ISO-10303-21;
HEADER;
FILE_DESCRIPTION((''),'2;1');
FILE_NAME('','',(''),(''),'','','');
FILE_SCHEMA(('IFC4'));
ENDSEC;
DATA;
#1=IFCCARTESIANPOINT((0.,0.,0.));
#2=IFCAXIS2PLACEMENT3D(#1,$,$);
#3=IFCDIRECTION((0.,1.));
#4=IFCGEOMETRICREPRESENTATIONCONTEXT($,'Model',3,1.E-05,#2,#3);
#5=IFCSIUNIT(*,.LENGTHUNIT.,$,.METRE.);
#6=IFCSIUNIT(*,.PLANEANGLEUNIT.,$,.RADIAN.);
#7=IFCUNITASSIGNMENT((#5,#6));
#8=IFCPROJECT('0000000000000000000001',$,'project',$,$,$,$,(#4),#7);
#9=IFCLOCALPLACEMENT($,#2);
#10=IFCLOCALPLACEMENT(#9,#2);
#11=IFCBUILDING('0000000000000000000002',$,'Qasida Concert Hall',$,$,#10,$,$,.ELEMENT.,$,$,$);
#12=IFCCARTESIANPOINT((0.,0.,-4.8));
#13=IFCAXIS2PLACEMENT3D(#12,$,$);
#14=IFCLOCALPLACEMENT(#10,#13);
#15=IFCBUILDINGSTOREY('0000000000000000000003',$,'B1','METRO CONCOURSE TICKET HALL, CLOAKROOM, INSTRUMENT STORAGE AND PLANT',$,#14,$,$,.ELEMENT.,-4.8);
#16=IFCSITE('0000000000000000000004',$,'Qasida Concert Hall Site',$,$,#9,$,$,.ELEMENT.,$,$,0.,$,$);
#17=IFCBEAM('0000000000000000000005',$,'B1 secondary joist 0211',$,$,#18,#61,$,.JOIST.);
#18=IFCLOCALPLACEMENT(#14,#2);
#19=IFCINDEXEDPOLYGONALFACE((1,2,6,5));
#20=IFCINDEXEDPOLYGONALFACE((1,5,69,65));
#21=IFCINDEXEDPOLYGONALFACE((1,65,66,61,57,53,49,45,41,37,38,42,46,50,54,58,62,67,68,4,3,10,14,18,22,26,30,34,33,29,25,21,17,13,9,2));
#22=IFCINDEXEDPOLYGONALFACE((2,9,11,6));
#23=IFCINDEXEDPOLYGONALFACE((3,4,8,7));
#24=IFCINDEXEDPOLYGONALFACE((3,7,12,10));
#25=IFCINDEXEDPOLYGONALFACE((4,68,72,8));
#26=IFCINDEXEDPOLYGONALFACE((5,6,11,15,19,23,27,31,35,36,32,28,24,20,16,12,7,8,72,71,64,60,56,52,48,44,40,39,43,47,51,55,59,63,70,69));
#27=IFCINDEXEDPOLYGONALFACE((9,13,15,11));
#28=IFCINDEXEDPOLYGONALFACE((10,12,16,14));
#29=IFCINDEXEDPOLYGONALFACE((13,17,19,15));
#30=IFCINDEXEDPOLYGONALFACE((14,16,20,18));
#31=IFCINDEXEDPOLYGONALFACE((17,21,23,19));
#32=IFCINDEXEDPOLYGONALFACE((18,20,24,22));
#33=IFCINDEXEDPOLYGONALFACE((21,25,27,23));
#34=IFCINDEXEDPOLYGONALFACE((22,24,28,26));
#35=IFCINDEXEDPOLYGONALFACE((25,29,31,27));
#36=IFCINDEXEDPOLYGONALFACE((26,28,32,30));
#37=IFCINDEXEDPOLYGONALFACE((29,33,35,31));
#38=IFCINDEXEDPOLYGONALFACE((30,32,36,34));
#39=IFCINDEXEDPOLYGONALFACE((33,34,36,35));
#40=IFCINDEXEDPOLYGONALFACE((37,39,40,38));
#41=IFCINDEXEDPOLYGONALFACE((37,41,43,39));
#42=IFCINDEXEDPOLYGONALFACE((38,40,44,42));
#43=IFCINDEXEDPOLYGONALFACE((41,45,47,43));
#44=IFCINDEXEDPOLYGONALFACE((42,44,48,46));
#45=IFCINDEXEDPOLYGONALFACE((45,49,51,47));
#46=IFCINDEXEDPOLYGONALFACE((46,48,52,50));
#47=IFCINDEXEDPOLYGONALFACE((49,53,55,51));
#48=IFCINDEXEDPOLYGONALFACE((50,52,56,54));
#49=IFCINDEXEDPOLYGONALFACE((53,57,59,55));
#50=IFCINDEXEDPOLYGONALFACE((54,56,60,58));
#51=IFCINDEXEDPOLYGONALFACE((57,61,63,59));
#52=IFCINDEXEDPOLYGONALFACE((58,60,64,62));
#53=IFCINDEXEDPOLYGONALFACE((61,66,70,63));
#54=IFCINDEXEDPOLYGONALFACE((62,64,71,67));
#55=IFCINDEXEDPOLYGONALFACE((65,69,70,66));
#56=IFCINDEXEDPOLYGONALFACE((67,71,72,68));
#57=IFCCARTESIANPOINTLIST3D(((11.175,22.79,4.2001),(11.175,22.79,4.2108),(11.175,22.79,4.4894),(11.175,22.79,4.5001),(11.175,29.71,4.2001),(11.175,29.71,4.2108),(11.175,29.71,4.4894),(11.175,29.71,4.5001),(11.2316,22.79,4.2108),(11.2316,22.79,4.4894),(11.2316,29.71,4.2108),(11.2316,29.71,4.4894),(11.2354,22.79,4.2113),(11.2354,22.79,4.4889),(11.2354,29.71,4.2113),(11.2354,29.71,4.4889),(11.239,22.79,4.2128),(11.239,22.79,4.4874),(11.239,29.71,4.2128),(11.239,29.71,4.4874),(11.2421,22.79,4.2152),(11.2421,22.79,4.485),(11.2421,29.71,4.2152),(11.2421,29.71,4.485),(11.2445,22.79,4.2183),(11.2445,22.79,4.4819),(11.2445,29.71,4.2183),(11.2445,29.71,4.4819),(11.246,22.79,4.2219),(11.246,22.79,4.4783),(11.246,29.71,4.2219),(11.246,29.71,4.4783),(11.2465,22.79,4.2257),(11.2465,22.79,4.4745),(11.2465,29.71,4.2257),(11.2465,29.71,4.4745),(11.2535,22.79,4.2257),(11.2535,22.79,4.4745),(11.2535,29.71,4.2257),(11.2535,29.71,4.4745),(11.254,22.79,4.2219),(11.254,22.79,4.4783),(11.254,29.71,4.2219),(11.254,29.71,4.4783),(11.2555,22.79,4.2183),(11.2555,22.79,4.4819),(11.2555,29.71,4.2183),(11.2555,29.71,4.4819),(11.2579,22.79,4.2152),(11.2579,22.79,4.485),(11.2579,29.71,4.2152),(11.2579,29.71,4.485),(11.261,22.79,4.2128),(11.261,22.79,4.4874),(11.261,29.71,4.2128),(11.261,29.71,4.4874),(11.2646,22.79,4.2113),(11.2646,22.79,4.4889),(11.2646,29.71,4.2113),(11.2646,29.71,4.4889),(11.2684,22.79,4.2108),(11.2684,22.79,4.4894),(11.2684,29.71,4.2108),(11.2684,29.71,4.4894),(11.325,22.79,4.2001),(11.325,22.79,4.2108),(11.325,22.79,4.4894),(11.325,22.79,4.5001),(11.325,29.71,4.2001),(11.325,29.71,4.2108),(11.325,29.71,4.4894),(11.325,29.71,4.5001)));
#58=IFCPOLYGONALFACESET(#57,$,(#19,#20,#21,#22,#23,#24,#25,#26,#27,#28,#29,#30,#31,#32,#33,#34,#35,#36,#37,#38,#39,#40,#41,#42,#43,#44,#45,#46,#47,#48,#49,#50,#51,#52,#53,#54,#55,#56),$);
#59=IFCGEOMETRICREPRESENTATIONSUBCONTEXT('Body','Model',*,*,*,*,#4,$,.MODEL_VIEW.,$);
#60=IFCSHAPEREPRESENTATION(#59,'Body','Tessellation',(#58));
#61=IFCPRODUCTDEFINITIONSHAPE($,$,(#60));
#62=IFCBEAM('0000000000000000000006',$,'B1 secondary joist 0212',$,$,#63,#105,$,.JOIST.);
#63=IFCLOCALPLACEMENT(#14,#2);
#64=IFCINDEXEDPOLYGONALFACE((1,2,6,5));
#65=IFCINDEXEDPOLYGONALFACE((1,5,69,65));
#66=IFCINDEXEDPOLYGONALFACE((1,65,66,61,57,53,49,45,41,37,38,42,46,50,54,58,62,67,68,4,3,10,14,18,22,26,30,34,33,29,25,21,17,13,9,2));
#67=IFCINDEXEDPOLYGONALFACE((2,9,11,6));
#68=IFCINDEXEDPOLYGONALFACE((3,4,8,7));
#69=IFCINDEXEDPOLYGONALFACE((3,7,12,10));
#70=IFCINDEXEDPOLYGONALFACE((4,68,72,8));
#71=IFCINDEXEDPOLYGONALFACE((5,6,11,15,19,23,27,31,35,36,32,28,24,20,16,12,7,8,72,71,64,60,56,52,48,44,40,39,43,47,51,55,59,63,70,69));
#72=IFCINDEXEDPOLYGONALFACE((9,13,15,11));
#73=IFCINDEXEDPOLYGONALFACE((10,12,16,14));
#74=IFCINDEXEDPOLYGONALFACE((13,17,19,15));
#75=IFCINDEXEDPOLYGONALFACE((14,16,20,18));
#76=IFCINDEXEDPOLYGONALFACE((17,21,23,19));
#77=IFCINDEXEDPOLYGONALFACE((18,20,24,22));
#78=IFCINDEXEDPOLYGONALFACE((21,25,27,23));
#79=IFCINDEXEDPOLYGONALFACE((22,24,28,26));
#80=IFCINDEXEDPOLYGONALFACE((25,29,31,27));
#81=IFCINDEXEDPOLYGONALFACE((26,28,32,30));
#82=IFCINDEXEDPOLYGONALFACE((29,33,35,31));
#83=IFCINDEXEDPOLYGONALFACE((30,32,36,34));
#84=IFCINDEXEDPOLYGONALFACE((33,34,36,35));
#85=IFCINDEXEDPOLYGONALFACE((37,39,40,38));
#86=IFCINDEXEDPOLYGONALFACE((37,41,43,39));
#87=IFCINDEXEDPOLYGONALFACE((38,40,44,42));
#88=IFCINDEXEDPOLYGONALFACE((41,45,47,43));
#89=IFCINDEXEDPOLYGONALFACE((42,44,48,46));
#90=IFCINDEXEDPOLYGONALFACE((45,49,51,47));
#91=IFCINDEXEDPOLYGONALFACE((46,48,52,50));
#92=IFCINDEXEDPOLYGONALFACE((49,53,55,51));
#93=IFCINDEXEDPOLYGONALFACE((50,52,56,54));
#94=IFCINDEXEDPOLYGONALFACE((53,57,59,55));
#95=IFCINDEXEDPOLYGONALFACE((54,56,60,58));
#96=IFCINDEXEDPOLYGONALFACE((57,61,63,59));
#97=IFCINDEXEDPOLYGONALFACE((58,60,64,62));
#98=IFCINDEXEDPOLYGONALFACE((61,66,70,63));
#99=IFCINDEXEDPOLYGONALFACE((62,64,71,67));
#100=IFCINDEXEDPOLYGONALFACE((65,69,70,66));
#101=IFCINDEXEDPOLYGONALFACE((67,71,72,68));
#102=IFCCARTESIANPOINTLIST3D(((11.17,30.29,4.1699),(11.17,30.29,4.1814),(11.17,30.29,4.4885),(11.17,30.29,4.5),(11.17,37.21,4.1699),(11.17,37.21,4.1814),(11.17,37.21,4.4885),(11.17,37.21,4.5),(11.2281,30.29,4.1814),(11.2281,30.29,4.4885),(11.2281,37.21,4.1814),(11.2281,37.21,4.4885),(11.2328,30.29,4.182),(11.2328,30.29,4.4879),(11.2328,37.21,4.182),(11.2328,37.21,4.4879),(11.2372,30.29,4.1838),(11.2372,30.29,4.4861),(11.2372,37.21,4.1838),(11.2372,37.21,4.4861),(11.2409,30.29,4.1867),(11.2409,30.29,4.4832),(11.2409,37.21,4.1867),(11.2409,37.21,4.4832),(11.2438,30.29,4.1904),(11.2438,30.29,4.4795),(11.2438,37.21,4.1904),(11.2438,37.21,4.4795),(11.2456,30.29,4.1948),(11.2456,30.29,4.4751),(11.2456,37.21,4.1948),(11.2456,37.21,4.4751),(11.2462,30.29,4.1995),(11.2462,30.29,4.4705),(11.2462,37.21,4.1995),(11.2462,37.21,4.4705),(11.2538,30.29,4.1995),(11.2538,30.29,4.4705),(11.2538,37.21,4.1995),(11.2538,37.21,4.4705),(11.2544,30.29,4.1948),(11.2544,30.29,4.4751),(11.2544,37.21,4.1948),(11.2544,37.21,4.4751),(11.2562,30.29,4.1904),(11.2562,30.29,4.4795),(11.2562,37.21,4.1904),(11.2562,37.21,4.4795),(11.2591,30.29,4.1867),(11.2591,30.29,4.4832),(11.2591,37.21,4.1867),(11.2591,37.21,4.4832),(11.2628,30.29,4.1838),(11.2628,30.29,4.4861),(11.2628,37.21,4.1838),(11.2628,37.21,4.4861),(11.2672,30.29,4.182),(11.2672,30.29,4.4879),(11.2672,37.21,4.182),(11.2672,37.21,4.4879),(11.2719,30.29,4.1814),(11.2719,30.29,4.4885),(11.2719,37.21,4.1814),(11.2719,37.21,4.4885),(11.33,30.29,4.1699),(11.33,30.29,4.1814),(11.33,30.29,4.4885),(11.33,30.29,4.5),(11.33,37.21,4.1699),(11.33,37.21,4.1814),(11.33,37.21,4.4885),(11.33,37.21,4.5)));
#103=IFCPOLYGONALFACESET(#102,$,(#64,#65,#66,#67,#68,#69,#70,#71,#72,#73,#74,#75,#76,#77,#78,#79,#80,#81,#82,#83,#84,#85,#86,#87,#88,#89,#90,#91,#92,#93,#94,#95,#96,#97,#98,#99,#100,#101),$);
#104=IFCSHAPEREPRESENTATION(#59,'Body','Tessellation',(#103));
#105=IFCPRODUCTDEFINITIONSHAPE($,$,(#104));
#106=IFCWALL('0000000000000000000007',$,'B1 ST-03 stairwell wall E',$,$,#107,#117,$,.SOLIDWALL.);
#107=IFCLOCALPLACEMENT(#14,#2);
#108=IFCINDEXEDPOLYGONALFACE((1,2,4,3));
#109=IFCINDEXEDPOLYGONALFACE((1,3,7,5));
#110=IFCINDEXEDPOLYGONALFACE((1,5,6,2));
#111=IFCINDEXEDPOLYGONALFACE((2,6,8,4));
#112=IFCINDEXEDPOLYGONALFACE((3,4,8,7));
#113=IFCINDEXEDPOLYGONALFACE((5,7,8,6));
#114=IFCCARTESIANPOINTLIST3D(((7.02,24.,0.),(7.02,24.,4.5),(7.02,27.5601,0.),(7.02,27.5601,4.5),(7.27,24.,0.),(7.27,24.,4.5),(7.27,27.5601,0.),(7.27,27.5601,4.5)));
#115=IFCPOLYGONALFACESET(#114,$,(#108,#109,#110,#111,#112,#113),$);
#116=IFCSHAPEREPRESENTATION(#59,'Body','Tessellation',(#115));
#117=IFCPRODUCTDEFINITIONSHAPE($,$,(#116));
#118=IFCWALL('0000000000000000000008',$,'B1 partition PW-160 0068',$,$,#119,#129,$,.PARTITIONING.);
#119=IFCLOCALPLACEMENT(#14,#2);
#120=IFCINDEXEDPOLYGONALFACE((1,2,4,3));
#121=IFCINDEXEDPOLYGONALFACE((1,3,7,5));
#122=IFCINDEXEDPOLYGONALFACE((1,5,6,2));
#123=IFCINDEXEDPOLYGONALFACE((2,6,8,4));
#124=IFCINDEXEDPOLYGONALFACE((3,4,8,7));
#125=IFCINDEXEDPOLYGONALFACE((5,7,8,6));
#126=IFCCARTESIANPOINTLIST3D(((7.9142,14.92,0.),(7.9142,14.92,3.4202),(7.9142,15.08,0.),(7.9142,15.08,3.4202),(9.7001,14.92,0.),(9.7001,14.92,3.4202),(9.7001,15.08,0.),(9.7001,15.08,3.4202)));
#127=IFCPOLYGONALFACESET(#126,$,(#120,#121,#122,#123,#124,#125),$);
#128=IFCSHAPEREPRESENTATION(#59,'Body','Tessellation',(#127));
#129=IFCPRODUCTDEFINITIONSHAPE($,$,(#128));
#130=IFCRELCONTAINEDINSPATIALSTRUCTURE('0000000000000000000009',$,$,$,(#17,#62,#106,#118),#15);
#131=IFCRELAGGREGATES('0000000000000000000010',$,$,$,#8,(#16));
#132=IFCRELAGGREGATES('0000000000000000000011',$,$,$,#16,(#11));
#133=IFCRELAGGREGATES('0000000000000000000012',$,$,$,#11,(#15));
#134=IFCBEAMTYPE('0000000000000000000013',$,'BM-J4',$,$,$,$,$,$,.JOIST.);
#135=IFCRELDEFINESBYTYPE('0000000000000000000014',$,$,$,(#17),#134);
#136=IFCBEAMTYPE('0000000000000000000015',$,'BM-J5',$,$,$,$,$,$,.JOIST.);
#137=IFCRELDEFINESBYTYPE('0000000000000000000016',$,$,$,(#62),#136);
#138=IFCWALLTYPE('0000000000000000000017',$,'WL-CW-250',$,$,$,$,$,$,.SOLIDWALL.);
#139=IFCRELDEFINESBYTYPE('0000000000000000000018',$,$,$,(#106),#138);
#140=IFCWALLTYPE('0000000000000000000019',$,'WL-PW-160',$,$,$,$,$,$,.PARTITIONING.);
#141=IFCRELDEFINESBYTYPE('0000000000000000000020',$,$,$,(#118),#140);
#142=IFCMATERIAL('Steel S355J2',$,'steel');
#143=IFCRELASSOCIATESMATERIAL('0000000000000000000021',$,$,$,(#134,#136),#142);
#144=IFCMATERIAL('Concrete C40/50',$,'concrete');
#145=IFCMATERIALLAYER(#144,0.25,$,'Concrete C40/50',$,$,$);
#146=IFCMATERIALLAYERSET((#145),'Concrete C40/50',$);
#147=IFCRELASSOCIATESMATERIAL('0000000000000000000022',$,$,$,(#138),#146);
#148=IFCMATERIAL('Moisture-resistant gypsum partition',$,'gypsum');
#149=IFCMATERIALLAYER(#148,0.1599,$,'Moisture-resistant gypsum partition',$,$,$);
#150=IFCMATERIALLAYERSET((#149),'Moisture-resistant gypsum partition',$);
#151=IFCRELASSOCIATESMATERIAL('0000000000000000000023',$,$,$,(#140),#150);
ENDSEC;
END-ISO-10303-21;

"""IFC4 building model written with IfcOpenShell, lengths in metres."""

from ifc_helpers import new_model, si_unit, direction, frame, frame_2d, origin, origin_2d, place, context, subcontext, project, spatial, rectangle, i_section, extrude, material, layer, layer_set, material_profile, profile_set, type_object, element, save


model = new_model("IFC4")

# Units and contexts
model_context = context("Model", 3, precision=1e-05, world=origin(), true_north=direction((0.0, 1.0)))
body_context = subcontext(model_context, "Body", "Model", "MODEL_VIEW")
ifc_project = project(units=[si_unit("LENGTHUNIT", "METRE"), si_unit("PLANEANGLEUNIT", "RADIAN")], contexts=[model_context])

# Site, building, storey
site_placement = place(None, origin())
site = spatial("IfcSite", under=ifc_project, at=site_placement, Name="Qasida Concert Hall Site", CompositionType="ELEMENT", RefElevation=0.0)
building_placement = place(site_placement, origin())
building = spatial("IfcBuilding", under=site, at=building_placement, Name="Qasida Concert Hall", CompositionType="ELEMENT")
storey_placement = place(building_placement, frame((0.0, 0.0, -4.8)))
storey = spatial("IfcBuildingStorey", under=building, at=storey_placement, Name="B1", Description="METRO CONCOURSE TICKET HALL, CLOAKROOM, INSTRUMENT STORAGE AND PLANT", CompositionType="ELEMENT", Elevation=-4.8)

# Shared definitions
ifc_material_1 = material(Name="Concrete C40/50", Category="concrete")

# Beams
ifc_material_2 = material(Name="Steel S355J2", Category="steel")
ifc_material_profile_1 = material_profile(ifc_material_2, i_section(OverallWidth=0.1499, OverallDepth=0.3, WebThickness=0.0071, FlangeThickness=0.0107, FilletRadius=0.0149, at=origin_2d()), Name="IPE 300")
ifc_profile_set_1 = profile_set([ifc_material_profile_1], Name="Steel S355J2")
beam_type_1 = type_object("IfcBeamType", Name="BM-J4", PredefinedType="JOIST", material=ifc_profile_set_1)
beam_1_placement = place(storey_placement, frame((11.25, 22.79, 4.3501), z_axis=(0.0, 1.0, 0.0), x_axis=(-1.0, 0.0, 0.0)))
element("IfcBeam", 1, at=beam_1_placement, inside=storey, type_object=beam_type_1, Name="B1 secondary joist 0211", PredefinedType="JOIST", context=body_context, shape_type="SweptSolid", body=[
    extrude(i_section(OverallWidth=0.1499, OverallDepth=0.3, WebThickness=0.0071, FlangeThickness=0.0107, FilletRadius=0.0149, at=origin_2d()), origin(), (0.0, 0.0, 1.0), 6.9199),
])
ifc_material_profile_2 = material_profile(ifc_material_2, i_section(OverallWidth=0.1599, OverallDepth=0.3301, WebThickness=0.0076, FlangeThickness=0.0115, FilletRadius=0.0181, at=origin_2d()), Name="IPE 330")
ifc_profile_set_2 = profile_set([ifc_material_profile_2], Name="Steel S355J2")
beam_type_2 = type_object("IfcBeamType", Name="BM-J5", PredefinedType="JOIST", material=ifc_profile_set_2)
beam_2_placement = place(storey_placement, frame((11.25, 30.29, 4.335), z_axis=(0.0, 1.0, 0.0), x_axis=(-1.0, 0.0, 0.0)))
element("IfcBeam", 2, at=beam_2_placement, inside=storey, type_object=beam_type_2, Name="B1 secondary joist 0212", PredefinedType="JOIST", context=body_context, shape_type="SweptSolid", body=[
    extrude(i_section(OverallWidth=0.1599, OverallDepth=0.3301, WebThickness=0.0076, FlangeThickness=0.0115, FilletRadius=0.0181, at=origin_2d()), origin(), (0.0, 0.0, 1.0), 6.9199),
])

# Walls
ifc_layer_1 = layer(ifc_material_1, 0.25, Name="Concrete C40/50")
ifc_layer_set_1 = layer_set([ifc_layer_1], Name="Concrete C40/50")
wall_type_1 = type_object("IfcWallType", Name="WL-CW-250", PredefinedType="SOLIDWALL", material=ifc_layer_set_1)
wall_1_placement = place(storey_placement, frame((7.145, 24.0, 0.0), z_axis=(0.0, 0.0, 1.0), x_axis=(0.0, 1.0, 0.0)))
element("IfcWall", 3, at=wall_1_placement, inside=storey, type_object=wall_type_1, Name="B1 ST-03 stairwell wall E", PredefinedType="SOLIDWALL", context=body_context, shape_type="SweptSolid", body=[
    extrude(rectangle(XDim=3.5601, YDim=0.25, at=frame_2d((1.78, 0.0))), origin(), (0.0, 0.0, 1.0), 4.5),
])
ifc_material_3 = material(Name="Moisture-resistant gypsum partition", Category="gypsum")
ifc_layer_2 = layer(ifc_material_3, 0.1599, Name="Moisture-resistant gypsum partition")
ifc_layer_set_2 = layer_set([ifc_layer_2], Name="Moisture-resistant gypsum partition")
wall_type_2 = type_object("IfcWallType", Name="WL-PW-160", PredefinedType="PARTITIONING", material=ifc_layer_set_2)
wall_2_placement = place(storey_placement, frame((7.9141, 15.0, 0.0), z_axis=(0.0, 0.0, 1.0), x_axis=(1.0, 0.0, 0.0)))
element("IfcWall", 4, at=wall_2_placement, inside=storey, type_object=wall_type_2, Name="B1 partition PW-160 0068", PredefinedType="PARTITIONING", context=body_context, shape_type="SweptSolid", body=[
    extrude(rectangle(XDim=1.7859, YDim=0.1599, at=frame_2d((0.8931, 0.0))), origin(), (0.0, 0.0, 1.0), 3.4202),
])

save(model, "model.ifc")
